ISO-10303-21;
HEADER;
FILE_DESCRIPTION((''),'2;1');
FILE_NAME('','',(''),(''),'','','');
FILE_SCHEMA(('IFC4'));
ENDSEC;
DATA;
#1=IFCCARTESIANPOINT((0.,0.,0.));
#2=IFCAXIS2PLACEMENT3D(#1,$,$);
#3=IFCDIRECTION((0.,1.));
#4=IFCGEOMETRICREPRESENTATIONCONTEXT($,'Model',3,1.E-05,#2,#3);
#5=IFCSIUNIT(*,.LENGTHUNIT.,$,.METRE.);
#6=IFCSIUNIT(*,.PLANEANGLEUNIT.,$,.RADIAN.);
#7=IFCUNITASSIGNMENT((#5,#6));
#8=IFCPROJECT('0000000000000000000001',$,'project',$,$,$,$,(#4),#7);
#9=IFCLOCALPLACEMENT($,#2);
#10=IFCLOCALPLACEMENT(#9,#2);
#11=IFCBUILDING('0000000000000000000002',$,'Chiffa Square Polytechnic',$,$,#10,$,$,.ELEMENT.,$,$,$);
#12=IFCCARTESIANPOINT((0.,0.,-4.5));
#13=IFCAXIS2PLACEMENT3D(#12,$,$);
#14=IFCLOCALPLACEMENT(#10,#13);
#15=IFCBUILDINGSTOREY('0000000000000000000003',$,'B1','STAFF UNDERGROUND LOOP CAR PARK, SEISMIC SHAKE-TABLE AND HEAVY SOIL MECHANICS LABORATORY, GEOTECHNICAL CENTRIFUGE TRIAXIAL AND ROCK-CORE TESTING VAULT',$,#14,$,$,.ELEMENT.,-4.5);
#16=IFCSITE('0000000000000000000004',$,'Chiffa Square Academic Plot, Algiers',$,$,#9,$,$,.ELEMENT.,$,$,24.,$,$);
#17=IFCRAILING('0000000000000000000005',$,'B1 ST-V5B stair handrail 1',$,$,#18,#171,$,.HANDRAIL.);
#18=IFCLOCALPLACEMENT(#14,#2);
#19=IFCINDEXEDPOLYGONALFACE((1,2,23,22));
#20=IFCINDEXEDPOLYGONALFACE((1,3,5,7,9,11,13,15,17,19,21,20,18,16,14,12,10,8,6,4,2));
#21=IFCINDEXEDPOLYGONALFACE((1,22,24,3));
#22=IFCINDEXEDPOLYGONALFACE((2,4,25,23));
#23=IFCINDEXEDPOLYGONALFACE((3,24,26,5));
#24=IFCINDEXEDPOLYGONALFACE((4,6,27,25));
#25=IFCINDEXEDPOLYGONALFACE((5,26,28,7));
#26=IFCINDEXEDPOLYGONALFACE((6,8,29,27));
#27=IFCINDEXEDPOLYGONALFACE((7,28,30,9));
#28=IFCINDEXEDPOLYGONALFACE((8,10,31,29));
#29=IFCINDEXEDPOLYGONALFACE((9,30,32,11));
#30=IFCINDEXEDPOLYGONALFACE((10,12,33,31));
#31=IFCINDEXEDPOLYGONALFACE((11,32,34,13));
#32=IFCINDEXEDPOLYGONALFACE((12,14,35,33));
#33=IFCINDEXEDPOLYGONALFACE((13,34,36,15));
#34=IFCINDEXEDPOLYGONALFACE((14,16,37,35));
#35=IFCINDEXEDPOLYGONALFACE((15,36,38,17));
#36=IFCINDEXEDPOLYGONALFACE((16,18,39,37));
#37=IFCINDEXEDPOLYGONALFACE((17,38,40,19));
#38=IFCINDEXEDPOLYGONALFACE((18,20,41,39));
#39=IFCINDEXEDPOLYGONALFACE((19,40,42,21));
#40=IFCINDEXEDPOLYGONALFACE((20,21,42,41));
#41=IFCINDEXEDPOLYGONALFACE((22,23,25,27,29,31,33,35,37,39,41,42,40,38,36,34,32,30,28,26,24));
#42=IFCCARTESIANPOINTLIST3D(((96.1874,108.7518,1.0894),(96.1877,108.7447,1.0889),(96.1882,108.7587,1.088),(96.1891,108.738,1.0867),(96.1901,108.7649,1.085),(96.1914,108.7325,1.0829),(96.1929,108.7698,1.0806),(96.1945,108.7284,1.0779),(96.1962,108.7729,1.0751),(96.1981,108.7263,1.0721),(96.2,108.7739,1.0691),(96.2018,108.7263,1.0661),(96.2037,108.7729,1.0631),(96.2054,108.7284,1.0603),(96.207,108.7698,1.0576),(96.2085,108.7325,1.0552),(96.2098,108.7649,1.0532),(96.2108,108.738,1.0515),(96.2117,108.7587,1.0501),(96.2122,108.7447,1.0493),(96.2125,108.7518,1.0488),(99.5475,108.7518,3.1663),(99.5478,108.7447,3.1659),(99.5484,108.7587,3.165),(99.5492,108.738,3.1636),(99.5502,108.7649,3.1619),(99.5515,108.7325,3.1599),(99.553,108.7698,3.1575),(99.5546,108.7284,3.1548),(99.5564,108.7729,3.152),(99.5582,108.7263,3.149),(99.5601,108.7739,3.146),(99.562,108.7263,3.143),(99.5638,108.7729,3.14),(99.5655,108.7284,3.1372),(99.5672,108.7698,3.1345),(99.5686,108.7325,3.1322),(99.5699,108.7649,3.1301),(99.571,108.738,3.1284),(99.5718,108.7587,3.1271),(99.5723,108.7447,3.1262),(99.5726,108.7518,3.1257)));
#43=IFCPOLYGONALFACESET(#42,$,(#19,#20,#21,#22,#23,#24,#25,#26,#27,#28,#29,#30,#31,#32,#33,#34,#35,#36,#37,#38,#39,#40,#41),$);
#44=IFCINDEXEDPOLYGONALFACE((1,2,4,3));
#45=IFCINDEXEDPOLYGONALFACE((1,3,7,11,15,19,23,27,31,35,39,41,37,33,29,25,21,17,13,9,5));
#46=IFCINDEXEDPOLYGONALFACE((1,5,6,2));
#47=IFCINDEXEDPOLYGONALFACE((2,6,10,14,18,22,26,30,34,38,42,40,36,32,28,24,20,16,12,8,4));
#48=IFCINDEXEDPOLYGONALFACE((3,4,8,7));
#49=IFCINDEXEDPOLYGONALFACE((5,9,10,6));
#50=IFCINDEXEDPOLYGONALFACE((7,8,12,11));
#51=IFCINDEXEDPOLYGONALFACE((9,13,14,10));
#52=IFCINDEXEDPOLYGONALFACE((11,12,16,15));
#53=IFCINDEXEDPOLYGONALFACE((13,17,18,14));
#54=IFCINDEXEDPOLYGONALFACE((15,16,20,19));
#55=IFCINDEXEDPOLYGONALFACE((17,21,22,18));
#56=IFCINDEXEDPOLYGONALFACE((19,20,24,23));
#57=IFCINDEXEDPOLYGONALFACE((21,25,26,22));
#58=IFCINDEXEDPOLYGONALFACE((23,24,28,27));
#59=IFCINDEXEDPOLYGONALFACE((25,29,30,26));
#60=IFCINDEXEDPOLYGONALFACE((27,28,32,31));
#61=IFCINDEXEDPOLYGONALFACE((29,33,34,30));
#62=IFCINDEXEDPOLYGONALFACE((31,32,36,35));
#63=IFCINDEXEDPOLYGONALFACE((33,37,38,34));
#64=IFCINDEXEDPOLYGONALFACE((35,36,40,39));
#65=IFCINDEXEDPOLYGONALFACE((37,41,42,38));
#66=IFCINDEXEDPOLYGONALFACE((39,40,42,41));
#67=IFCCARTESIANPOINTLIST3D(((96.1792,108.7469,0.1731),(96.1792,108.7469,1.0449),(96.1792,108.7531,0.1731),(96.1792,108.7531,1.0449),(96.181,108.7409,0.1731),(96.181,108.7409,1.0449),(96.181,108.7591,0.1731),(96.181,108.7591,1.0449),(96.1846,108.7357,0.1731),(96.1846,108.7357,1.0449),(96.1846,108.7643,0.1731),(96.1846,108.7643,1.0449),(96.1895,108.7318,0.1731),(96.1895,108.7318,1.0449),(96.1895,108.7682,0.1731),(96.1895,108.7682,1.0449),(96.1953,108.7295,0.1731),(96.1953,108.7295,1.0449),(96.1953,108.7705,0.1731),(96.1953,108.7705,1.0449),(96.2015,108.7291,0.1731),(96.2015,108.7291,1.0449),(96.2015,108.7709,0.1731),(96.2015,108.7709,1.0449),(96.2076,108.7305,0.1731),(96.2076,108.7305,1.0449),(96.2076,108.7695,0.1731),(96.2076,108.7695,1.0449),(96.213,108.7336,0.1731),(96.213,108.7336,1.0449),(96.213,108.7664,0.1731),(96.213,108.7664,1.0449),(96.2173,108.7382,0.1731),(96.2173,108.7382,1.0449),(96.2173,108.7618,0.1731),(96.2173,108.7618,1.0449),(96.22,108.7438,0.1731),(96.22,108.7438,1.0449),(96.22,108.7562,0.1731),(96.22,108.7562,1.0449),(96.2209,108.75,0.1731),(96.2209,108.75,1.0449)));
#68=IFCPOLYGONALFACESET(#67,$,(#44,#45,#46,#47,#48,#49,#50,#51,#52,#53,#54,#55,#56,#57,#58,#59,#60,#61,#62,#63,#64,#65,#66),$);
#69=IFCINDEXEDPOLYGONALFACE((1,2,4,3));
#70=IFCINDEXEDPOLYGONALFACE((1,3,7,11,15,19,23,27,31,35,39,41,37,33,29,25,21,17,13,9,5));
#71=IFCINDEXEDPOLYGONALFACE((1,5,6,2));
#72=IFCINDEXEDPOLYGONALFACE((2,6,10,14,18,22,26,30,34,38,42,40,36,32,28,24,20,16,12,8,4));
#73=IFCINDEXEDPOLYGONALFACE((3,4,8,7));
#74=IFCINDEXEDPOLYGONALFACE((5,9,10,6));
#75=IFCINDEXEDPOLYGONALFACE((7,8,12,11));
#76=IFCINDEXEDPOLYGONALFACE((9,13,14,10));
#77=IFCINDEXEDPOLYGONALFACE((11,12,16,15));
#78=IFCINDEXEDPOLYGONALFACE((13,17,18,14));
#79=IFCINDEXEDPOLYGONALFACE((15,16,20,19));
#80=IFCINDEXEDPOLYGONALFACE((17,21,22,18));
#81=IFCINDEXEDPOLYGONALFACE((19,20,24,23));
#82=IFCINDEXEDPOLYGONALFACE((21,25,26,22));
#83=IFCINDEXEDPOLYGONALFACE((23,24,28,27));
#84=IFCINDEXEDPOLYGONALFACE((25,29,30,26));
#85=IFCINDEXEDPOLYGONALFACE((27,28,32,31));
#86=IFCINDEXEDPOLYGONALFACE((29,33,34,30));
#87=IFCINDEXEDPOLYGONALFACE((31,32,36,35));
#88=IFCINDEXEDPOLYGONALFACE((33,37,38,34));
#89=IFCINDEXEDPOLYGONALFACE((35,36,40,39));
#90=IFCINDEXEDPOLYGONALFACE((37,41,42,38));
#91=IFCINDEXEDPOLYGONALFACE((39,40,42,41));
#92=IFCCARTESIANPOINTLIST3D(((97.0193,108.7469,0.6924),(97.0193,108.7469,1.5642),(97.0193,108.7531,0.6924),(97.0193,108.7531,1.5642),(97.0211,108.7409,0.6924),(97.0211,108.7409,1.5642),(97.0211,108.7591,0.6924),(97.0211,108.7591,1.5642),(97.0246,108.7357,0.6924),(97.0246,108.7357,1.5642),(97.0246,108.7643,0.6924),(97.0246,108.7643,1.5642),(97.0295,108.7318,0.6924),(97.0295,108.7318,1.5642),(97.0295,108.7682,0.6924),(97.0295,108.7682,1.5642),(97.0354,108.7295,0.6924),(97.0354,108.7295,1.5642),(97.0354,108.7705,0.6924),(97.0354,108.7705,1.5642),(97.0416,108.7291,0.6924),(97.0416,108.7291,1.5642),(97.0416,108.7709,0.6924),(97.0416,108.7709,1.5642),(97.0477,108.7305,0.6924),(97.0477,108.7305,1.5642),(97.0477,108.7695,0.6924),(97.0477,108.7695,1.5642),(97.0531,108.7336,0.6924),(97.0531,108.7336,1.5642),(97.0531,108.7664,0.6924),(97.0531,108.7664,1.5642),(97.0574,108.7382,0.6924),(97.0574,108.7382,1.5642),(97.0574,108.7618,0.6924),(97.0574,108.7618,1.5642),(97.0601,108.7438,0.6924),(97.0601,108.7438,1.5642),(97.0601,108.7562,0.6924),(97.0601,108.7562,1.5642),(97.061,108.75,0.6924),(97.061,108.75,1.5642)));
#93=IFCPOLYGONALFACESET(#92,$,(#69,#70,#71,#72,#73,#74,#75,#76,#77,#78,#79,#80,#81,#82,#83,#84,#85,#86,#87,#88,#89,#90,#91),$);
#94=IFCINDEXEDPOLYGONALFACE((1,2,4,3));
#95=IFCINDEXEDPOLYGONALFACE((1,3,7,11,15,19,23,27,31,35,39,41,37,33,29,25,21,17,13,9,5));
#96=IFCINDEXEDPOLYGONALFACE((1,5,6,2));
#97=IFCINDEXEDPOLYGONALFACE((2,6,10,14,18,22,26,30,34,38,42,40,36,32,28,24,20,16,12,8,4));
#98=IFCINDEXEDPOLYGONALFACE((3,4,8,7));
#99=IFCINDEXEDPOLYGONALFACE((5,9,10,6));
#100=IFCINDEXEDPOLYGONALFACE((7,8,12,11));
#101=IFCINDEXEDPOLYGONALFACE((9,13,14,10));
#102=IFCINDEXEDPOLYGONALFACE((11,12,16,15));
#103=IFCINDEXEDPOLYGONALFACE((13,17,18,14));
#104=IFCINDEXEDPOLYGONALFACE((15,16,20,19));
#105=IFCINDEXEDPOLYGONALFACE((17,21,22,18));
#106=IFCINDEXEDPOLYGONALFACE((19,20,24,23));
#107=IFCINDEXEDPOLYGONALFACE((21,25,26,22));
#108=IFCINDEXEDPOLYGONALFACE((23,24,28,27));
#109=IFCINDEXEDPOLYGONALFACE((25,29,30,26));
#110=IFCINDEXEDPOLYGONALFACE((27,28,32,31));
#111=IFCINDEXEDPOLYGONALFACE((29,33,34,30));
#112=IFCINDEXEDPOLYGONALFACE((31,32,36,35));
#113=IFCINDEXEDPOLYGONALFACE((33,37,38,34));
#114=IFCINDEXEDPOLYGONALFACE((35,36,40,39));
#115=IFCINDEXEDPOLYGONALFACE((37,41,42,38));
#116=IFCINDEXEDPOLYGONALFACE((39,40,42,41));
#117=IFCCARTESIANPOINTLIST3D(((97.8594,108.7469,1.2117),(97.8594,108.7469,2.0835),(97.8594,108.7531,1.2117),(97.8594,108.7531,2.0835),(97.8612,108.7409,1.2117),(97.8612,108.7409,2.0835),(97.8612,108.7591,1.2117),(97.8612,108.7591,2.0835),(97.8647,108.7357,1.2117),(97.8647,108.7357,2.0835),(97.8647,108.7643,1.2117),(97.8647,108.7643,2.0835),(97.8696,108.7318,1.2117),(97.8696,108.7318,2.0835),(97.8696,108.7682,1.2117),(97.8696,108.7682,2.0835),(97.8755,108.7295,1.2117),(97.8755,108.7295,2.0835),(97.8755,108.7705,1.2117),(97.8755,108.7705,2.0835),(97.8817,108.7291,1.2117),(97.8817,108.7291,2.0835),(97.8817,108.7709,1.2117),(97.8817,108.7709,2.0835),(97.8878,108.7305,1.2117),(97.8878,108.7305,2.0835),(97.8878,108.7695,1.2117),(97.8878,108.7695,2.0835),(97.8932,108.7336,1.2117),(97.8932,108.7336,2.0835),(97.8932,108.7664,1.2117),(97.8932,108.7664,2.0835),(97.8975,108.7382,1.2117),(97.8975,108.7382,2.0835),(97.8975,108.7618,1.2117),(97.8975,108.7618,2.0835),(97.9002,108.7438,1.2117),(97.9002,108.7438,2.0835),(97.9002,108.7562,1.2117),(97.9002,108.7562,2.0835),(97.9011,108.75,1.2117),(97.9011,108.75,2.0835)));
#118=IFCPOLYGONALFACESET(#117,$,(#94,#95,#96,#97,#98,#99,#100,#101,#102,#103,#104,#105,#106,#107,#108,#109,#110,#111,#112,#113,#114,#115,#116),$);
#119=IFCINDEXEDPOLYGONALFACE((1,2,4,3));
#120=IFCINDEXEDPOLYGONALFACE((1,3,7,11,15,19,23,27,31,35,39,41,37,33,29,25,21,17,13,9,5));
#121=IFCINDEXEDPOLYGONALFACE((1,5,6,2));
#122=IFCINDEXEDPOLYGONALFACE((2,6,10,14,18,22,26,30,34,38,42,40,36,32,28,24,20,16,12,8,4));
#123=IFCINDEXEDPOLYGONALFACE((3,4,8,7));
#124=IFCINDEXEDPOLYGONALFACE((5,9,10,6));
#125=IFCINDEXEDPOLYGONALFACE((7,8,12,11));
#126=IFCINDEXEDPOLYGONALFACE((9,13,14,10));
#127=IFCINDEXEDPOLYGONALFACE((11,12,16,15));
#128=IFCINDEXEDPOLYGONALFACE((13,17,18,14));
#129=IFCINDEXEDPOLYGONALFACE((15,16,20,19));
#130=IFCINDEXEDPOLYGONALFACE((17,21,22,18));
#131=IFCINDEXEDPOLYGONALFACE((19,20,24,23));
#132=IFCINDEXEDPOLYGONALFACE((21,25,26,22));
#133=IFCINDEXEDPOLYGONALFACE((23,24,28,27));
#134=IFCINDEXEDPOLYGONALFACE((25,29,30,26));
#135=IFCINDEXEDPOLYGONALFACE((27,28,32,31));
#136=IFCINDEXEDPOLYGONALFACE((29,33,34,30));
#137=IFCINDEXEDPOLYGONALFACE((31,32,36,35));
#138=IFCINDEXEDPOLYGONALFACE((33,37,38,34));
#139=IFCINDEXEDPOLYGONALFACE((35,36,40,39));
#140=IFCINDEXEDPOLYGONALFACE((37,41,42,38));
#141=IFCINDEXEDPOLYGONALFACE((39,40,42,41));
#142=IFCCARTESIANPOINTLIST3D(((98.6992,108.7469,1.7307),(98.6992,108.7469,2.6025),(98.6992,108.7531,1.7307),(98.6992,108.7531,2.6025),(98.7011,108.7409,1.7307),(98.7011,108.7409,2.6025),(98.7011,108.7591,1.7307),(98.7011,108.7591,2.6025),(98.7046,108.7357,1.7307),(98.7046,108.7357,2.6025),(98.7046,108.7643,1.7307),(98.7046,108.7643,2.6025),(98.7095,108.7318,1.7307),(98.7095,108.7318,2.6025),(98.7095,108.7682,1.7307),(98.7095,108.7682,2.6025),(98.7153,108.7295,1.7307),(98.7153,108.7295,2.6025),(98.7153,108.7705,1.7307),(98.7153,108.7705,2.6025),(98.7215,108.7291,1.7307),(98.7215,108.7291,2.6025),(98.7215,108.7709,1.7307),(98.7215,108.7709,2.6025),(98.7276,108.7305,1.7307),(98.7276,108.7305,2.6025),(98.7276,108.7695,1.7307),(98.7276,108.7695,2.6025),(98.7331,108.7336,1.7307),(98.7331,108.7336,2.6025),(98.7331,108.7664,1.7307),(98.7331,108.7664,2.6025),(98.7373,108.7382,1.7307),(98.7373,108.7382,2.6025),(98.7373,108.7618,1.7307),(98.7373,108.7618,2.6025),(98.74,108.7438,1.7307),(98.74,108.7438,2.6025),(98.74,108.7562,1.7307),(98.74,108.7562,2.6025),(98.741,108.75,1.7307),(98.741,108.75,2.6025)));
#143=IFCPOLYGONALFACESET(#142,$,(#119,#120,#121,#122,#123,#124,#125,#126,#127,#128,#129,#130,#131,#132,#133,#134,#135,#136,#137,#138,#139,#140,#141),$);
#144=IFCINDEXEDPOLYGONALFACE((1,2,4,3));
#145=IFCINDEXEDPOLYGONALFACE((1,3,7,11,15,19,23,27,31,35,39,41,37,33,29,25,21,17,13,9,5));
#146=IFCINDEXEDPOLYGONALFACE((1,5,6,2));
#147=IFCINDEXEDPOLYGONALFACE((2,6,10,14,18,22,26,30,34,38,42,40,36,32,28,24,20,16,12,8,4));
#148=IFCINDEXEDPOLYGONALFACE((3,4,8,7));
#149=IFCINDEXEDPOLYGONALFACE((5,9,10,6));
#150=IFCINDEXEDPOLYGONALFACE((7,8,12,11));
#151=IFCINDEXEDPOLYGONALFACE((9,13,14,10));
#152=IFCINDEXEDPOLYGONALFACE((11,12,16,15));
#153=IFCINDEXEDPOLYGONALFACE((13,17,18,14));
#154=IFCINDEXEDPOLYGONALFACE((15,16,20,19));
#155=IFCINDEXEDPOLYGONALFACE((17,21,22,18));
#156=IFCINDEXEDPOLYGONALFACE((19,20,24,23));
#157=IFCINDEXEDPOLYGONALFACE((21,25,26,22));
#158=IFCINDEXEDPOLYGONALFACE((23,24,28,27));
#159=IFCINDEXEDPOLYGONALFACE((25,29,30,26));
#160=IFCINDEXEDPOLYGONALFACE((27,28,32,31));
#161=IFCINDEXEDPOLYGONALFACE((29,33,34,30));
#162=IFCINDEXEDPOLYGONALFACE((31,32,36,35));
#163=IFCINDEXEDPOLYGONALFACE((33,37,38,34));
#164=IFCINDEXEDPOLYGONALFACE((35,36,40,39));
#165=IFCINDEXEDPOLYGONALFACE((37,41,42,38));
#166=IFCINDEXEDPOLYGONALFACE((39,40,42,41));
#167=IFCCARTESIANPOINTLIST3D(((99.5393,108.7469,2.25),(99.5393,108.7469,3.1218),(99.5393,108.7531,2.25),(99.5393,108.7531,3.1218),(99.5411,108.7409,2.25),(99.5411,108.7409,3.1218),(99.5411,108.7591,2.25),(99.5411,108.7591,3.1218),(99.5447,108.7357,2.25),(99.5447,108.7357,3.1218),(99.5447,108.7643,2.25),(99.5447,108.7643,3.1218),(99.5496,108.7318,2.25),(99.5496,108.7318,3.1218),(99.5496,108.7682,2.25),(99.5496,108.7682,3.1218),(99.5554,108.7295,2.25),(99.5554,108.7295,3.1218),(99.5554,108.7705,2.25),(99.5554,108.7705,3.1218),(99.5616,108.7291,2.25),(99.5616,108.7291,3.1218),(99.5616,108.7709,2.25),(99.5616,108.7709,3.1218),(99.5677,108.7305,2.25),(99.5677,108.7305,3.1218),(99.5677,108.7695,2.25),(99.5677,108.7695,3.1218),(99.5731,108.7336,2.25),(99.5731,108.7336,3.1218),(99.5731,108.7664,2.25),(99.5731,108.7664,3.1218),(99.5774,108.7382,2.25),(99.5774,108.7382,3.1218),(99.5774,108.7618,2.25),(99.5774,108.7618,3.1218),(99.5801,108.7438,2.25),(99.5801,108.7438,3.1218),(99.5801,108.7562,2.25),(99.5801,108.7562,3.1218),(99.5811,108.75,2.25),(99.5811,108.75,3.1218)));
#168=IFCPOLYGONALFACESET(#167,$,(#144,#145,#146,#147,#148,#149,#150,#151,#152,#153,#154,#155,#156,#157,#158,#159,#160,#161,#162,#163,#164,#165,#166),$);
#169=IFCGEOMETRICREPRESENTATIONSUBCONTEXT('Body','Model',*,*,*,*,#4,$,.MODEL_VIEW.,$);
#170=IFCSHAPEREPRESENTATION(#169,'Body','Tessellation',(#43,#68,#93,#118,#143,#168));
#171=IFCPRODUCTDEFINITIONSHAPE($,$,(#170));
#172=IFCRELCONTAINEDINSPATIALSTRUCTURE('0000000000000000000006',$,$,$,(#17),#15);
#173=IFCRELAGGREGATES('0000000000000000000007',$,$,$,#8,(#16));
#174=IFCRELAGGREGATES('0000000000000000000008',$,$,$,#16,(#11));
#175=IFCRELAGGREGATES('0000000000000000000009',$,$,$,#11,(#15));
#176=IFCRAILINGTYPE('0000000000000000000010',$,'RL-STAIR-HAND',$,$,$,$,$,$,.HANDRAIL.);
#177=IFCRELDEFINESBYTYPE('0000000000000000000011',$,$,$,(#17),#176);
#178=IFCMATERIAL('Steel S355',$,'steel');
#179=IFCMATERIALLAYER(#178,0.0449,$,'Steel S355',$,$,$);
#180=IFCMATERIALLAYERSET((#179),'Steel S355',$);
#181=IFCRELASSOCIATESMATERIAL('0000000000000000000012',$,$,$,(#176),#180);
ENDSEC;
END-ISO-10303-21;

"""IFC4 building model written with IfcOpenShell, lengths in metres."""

from ifc_helpers import new_model, si_unit, direction, frame, origin, origin_2d, place, context, subcontext, project, spatial, circle, extrude, material, layer, layer_set, type_object, element, save


model = new_model("IFC4")

# Units and contexts
model_context = context("Model", 3, precision=1e-05, world=origin(), true_north=direction((0.0, 1.0)))
body_context = subcontext(model_context, "Body", "Model", "MODEL_VIEW")
ifc_project = project(units=[si_unit("LENGTHUNIT", "METRE"), si_unit("PLANEANGLEUNIT", "RADIAN")], contexts=[model_context])

# Site, building, storey
site_placement = place(None, origin())
site = spatial("IfcSite", under=ifc_project, at=site_placement, Name="Chiffa Square Academic Plot, Algiers", CompositionType="ELEMENT", RefElevation=24.0)
building_placement = place(site_placement, origin())
building = spatial("IfcBuilding", under=site, at=building_placement, Name="Chiffa Square Polytechnic", CompositionType="ELEMENT")
storey_placement = place(building_placement, frame((0.0, 0.0, -4.5)))
storey = spatial("IfcBuildingStorey", under=building, at=storey_placement, Name="B1", Description="STAFF UNDERGROUND LOOP CAR PARK, SEISMIC SHAKE-TABLE AND HEAVY SOIL MECHANICS LABORATORY, GEOTECHNICAL CENTRIFUGE TRIAXIAL AND ROCK-CORE TESTING VAULT", CompositionType="ELEMENT", Elevation=-4.5)

# Railing
ifc_material_1 = material(Name="Steel S355", Category="steel")
ifc_layer_1 = layer(ifc_material_1, 0.0449, Name="Steel S355")
ifc_layer_set_1 = layer_set([ifc_layer_1], Name="Steel S355")
railing_type_1 = type_object("IfcRailingType", Name="RL-STAIR-HAND", PredefinedType="HANDRAIL", material=ifc_layer_set_1)
railing_1_placement = place(storey_placement, frame((96.2, 108.75, 0.1731)))
element("IfcRailing", 1, at=railing_1_placement, inside=storey, type_object=railing_type_1, Name="B1 ST-V5B stair handrail 1", PredefinedType="HANDRAIL", context=body_context, shape_type="SweptSolid", body=[
    extrude(circle(Radius=0.0239, at=origin_2d()), frame((0.0, 0.0, 0.896), z_axis=(0.850623, 0.0, 0.525776), x_axis=(0.0, 1.0, 0.0)), (0.0, 0.0, 1.0), 3.9502),
    extrude(circle(Radius=0.021, at=origin_2d()), origin(), (0.0, 0.0, 1.0), 0.8718),
    extrude(circle(Radius=0.021, at=origin_2d()), frame((0.8401, 0.0, 0.5193)), (0.0, 0.0, 1.0), 0.8718),
    extrude(circle(Radius=0.021, at=origin_2d()), frame((1.6802, 0.0, 1.0386)), (0.0, 0.0, 1.0), 0.8718),
    extrude(circle(Radius=0.021, at=origin_2d()), frame((2.52, 0.0, 1.5576)), (0.0, 0.0, 1.0), 0.8718),
    extrude(circle(Radius=0.021, at=origin_2d()), frame((3.3601, 0.0, 2.0769)), (0.0, 0.0, 1.0), 0.8718),
])

save(model, "model.ifc")
